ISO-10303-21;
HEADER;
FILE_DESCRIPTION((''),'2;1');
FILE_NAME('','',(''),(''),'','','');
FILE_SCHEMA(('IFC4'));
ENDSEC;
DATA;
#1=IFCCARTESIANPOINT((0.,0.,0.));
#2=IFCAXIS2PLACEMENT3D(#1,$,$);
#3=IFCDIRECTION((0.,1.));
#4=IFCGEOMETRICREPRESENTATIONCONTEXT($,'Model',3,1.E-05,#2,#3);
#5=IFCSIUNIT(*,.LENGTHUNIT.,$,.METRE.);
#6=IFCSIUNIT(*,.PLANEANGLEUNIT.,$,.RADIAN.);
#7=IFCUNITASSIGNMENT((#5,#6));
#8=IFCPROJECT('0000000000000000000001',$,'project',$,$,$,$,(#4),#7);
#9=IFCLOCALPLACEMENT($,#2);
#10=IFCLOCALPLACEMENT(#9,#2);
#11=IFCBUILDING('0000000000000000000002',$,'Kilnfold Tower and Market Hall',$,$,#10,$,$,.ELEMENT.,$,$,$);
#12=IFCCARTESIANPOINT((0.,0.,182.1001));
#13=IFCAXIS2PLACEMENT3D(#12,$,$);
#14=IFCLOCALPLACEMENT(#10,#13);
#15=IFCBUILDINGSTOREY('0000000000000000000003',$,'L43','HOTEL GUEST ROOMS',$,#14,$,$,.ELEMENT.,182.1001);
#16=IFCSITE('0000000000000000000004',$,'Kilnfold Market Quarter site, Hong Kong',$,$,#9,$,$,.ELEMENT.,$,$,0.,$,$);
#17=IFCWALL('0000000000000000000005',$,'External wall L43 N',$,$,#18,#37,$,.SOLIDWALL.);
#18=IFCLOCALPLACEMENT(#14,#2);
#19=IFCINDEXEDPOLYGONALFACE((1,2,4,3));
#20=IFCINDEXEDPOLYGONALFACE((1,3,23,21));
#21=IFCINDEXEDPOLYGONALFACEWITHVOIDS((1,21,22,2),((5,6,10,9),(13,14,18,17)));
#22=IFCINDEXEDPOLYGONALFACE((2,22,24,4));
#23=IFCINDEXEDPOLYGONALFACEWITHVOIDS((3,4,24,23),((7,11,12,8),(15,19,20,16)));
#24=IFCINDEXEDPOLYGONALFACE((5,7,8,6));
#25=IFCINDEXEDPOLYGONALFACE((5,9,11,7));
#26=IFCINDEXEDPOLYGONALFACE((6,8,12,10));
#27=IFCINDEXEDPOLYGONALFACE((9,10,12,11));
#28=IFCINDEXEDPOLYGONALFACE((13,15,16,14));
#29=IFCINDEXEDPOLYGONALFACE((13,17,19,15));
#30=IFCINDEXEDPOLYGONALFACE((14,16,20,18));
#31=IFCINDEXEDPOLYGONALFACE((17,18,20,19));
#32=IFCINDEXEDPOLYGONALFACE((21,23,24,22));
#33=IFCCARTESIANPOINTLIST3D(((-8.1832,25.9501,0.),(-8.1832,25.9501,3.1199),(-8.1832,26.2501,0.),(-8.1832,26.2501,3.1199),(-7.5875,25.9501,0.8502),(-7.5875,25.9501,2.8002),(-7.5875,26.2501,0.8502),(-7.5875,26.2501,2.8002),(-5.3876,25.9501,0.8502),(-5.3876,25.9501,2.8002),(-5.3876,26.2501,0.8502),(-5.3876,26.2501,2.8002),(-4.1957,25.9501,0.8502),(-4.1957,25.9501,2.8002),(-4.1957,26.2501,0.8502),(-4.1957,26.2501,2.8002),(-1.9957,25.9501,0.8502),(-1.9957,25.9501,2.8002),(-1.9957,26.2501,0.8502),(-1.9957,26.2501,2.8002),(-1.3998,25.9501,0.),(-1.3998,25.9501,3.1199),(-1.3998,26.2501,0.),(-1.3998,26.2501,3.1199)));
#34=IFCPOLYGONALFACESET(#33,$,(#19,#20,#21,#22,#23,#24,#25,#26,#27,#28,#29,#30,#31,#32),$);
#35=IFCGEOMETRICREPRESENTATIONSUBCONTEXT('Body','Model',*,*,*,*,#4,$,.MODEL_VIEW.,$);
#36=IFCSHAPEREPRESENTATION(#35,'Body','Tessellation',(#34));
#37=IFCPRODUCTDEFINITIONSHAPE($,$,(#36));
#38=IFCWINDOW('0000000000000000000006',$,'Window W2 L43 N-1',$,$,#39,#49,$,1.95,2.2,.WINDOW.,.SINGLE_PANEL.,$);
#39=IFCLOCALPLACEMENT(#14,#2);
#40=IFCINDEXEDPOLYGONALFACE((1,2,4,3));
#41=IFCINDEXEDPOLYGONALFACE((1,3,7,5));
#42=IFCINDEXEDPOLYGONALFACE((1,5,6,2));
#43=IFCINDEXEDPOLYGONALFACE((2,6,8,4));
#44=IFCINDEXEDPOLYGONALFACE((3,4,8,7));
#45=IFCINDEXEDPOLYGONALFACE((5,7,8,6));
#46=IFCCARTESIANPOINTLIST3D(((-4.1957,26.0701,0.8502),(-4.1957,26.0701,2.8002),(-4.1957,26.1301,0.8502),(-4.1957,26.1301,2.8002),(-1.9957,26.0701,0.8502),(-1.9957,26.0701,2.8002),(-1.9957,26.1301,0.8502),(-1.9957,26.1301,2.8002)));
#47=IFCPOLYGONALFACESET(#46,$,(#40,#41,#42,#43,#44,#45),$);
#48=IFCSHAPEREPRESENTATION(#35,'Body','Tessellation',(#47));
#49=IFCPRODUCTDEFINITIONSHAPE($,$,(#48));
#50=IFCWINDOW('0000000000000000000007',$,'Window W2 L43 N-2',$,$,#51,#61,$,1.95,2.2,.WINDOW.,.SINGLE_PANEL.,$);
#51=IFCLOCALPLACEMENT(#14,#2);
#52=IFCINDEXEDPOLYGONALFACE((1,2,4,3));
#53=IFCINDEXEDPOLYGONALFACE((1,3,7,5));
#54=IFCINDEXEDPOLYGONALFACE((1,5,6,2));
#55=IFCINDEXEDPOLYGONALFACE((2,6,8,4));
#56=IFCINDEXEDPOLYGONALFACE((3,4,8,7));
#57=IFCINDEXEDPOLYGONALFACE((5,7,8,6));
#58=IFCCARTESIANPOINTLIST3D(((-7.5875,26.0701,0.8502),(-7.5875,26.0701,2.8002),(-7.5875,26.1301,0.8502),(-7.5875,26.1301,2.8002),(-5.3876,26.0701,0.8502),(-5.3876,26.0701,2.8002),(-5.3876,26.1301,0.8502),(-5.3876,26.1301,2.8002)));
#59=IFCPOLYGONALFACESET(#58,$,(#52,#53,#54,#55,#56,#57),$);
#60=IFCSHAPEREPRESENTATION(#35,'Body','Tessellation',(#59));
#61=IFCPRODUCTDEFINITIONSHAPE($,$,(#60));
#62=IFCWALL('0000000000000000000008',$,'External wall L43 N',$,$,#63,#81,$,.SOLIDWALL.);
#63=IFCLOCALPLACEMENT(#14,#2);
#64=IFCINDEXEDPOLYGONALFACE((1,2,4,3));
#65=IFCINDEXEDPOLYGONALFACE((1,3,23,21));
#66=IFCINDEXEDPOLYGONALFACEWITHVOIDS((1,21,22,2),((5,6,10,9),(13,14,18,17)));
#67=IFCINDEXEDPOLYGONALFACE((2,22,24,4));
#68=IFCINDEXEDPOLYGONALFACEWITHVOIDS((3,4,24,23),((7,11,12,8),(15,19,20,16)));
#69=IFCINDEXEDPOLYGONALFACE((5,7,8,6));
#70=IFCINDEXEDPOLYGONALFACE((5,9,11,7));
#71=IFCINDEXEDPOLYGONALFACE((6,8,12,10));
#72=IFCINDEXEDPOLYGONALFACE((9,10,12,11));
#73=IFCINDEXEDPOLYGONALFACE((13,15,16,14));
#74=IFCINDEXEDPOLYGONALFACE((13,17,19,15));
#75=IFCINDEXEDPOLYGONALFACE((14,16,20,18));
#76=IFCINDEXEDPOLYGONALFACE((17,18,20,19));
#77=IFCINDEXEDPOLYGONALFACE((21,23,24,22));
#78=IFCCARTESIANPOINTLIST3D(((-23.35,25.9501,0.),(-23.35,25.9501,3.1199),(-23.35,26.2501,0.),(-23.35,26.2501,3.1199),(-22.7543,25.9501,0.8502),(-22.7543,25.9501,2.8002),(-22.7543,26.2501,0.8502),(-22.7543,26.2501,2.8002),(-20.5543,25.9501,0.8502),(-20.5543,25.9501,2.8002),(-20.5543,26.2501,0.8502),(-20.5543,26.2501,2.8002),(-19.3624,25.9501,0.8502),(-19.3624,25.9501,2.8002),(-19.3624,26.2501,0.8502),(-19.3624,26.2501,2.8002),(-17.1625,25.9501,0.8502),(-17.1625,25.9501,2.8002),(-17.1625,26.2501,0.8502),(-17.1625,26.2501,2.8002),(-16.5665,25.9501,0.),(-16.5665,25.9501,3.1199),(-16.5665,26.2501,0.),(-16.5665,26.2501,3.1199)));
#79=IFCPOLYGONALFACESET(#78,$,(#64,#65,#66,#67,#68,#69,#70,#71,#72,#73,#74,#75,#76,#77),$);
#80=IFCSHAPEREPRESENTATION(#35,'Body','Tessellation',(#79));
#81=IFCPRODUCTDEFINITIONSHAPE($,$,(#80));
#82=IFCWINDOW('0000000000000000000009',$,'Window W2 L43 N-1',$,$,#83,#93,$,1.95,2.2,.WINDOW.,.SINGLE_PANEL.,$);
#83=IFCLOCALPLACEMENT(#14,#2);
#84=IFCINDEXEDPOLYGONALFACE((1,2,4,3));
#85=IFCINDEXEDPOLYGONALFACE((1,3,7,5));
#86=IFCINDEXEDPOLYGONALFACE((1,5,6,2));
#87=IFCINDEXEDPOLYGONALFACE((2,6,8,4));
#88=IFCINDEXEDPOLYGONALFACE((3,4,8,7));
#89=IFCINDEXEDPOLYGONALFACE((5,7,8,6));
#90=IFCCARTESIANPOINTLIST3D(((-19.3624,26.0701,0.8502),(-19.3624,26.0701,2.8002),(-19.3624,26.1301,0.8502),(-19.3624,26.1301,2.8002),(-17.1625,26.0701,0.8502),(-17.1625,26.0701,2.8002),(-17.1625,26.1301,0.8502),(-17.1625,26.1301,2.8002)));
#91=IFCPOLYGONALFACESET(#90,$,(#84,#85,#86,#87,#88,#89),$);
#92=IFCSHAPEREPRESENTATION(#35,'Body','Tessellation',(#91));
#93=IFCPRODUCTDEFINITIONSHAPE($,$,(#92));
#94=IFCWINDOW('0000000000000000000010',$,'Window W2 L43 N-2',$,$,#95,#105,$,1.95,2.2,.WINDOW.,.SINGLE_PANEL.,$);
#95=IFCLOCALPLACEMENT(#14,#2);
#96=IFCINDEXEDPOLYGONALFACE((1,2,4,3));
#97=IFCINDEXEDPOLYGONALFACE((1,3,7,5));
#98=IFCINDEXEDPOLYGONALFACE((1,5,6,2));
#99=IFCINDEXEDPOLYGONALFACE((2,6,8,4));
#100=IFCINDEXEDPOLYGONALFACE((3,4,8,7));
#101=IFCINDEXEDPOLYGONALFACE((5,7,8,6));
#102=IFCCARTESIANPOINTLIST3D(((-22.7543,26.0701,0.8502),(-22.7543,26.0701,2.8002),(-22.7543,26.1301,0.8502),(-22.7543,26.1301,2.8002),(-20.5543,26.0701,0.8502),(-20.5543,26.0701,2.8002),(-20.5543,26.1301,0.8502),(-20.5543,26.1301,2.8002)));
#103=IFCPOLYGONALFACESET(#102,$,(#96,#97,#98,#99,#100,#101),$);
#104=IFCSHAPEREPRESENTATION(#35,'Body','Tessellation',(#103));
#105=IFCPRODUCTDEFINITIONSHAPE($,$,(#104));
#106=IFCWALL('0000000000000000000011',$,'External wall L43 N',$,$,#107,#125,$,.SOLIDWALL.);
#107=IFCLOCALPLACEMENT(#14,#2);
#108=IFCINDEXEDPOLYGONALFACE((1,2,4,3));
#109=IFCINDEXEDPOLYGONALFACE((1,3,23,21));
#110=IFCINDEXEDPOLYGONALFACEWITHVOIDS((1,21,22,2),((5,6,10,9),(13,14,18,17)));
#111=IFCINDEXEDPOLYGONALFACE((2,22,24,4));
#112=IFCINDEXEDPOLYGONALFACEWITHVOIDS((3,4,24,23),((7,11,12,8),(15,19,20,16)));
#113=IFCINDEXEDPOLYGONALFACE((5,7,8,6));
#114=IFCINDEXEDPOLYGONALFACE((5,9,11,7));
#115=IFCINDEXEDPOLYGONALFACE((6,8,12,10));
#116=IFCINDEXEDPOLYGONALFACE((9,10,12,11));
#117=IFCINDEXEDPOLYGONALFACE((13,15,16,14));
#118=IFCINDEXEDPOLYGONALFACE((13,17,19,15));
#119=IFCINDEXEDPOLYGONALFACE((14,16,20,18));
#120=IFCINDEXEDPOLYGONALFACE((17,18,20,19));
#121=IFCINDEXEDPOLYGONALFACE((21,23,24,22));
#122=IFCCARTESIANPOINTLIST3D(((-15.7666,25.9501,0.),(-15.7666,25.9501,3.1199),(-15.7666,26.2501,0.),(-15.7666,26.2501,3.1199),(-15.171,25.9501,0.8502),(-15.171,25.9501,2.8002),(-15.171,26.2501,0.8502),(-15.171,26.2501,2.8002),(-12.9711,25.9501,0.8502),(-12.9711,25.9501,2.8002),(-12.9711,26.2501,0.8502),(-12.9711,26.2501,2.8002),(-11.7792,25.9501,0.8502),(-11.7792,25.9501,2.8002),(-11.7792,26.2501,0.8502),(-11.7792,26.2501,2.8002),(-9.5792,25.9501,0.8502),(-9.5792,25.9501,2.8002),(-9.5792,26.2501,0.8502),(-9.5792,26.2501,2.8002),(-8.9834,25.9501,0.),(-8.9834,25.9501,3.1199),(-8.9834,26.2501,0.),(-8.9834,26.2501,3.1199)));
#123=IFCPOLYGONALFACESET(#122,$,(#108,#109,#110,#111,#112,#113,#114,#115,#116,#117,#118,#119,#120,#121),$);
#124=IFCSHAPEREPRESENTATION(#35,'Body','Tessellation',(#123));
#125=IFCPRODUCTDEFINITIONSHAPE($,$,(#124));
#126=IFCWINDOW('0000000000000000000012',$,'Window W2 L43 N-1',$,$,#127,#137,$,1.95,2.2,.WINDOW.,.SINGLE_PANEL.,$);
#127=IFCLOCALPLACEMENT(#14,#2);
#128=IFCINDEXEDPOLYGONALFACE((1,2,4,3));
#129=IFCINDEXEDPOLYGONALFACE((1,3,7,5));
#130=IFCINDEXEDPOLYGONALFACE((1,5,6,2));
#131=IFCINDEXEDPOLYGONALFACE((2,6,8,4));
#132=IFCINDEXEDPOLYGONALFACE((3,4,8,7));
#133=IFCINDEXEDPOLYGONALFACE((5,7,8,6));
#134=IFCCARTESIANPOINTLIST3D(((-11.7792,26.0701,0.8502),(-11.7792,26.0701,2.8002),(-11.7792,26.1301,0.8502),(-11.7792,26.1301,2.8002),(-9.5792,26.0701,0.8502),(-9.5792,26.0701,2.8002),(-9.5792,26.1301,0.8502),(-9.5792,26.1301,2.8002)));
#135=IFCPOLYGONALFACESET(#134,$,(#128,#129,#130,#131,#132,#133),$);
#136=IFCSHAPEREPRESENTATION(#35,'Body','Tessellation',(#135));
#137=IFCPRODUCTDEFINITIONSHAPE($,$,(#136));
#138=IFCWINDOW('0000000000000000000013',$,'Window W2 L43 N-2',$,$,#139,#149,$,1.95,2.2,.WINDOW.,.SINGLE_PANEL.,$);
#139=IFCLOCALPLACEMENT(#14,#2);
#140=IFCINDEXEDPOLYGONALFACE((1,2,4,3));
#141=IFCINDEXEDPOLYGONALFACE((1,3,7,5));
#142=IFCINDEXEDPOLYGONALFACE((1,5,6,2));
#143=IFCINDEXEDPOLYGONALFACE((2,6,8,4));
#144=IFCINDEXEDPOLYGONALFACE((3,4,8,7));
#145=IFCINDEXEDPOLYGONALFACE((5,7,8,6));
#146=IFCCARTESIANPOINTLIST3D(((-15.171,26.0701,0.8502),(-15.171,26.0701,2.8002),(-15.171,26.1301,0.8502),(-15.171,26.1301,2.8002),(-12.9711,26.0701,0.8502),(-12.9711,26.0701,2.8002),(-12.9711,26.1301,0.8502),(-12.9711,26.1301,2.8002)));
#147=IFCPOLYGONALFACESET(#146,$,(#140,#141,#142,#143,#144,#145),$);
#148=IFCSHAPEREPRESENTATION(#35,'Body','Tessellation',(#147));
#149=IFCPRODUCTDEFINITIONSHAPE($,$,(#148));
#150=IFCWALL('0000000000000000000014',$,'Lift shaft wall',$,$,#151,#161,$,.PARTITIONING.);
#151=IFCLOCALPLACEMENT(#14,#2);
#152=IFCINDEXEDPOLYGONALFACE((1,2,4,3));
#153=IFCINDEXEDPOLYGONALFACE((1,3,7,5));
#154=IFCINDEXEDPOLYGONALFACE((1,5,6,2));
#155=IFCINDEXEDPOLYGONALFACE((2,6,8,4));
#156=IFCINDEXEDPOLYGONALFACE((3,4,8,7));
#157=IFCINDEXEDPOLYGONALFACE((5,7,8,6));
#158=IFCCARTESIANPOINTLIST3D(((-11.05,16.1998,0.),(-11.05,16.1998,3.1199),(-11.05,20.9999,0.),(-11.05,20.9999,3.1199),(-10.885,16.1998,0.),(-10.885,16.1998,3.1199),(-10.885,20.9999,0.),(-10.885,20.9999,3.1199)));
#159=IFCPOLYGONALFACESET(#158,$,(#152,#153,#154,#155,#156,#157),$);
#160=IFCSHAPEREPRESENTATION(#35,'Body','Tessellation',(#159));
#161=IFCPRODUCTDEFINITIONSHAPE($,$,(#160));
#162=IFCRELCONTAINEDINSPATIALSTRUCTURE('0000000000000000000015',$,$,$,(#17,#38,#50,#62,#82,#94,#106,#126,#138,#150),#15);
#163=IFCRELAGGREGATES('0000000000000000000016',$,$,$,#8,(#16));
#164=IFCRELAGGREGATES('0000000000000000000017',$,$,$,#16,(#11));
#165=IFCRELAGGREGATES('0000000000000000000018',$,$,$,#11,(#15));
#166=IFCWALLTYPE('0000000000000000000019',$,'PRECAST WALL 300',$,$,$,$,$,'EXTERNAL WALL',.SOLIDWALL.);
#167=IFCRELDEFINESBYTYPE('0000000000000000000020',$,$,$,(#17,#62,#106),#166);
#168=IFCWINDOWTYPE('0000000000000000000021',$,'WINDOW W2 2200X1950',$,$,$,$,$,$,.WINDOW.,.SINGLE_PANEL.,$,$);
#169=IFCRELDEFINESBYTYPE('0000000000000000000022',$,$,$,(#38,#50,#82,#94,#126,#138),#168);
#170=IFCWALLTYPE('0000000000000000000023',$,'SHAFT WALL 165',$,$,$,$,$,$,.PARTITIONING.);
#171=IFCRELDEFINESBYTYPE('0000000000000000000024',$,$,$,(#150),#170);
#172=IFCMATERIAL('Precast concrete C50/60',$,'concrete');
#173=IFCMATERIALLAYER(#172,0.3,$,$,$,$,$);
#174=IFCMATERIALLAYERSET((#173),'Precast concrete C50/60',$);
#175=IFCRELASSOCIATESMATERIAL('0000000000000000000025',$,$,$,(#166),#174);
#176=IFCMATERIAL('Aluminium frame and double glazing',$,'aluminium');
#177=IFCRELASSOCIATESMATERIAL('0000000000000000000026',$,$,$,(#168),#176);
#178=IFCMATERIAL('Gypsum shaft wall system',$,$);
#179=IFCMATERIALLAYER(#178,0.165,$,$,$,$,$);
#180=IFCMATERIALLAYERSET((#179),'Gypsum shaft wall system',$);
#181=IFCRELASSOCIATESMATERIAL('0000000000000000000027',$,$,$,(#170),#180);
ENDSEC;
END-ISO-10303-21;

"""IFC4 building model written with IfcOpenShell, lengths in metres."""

from ifc_helpers import new_model, si_unit, direction, frame, frame_2d, origin, place, context, subcontext, project, spatial, rectangle, extrude, source, transform, mapped, material, layer, layer_set, type_object, element, fill, save


model = new_model("IFC4")

# Units and contexts
model_context = context("Model", 3, precision=1e-05, world=origin(), true_north=direction((0.0, 1.0)))
body_context = subcontext(model_context, "Body", "Model", "MODEL_VIEW")
ifc_project = project(units=[si_unit("LENGTHUNIT", "METRE"), si_unit("PLANEANGLEUNIT", "RADIAN")], contexts=[model_context])

# Site, building, storey
site_placement = place(None, origin())
site = spatial("IfcSite", under=ifc_project, at=site_placement, Name="Kilnfold Market Quarter site, Hong Kong", CompositionType="ELEMENT", RefElevation=0.0)
building_placement = place(site_placement, origin())
building = spatial("IfcBuilding", under=site, at=building_placement, Name="Kilnfold Tower and Market Hall", CompositionType="ELEMENT")
storey_placement = place(building_placement, frame((0.0, 0.0, 182.1001)))
storey = spatial("IfcBuildingStorey", under=building, at=storey_placement, Name="L43", Description="HOTEL GUEST ROOMS", CompositionType="ELEMENT", Elevation=182.1001)

# Walls, openings, windows
ifc_material_1 = material(Name="Precast concrete C50/60", Category="concrete")
ifc_layer_1 = layer(ifc_material_1, 0.3)
ifc_layer_set_1 = layer_set([ifc_layer_1], Name="Precast concrete C50/60")
wall_type_1 = type_object("IfcWallType", Name="PRECAST WALL 300", ElementType="EXTERNAL WALL", PredefinedType="SOLIDWALL", material=ifc_layer_set_1)
shared_shape_1 = source(origin(), body_context, "Body", "SweptSolid", [
    extrude(rectangle(XDim=6.7834, YDim=0.3, at=frame_2d((3.3916, 0.0))), origin(), (0.0, 0.0, 1.0), 3.1199),
])
wall_1_placement = place(storey_placement, frame((-1.3999, 26.1001, 0.0), z_axis=(0.0, 0.0, 1.0), x_axis=(-1.0, 0.0, 0.0)))
wall_1 = element("IfcWall", 1, at=wall_1_placement, inside=storey, type_object=wall_type_1, Name="External wall L43 N", PredefinedType="SOLIDWALL", context=body_context, shape_type="MappedRepresentation", body=[
    mapped(shared_shape_1, transform((0.0, 0.0, 0.0))),
])
opening_1_placement = place(wall_1_placement, frame((0.5957, 0.0, 0.8501)))
opening_1 = element("IfcOpeningElement", 2, at=opening_1_placement, cuts=wall_1, PredefinedType="OPENING", context=body_context, shape_type="SweptSolid", body=[
    extrude(rectangle(XDim=2.2, YDim=1.95, at=frame_2d((1.1001, 0.9751))), frame((0.0, 0.1602, 0.0), z_axis=(0.0, -1.0, 0.0), x_axis=(1.0, 0.0, 0.0)), (0.0, 0.0, 1.0), 0.3201),
])
opening_2_placement = place(wall_1_placement, frame((3.9875, 0.0, 0.8501)))
opening_2 = element("IfcOpeningElement", 3, at=opening_2_placement, cuts=wall_1, PredefinedType="OPENING", context=body_context, shape_type="SweptSolid", body=[
    extrude(rectangle(XDim=2.2, YDim=1.95, at=frame_2d((1.1001, 0.9751))), frame((0.0, 0.1602, 0.0), z_axis=(0.0, -1.0, 0.0), x_axis=(1.0, 0.0, 0.0)), (0.0, 0.0, 1.0), 0.3201),
])
ifc_material_2 = material(Name="Aluminium frame and double glazing", Category="aluminium")
window_type = type_object("IfcWindowType", Name="WINDOW W2 2200X1950", PartitioningType="SINGLE_PANEL", PredefinedType="WINDOW", material=ifc_material_2)
window_1_placement = place(opening_1_placement, origin())
window_1 = element("IfcWindow", 4, at=window_1_placement, inside=storey, type_object=window_type, Name="Window W2 L43 N-1", OverallHeight=1.95, OverallWidth=2.2, PartitioningType="SINGLE_PANEL", PredefinedType="WINDOW", context=body_context, shape_type="SweptSolid", body=[
    extrude(rectangle(XDim=2.2, YDim=1.95, at=frame_2d((1.1001, 0.9751))), frame((0.0, 0.03, 0.0), z_axis=(0.0, -1.0, 0.0), x_axis=(1.0, 0.0, 0.0)), (0.0, 0.0, 1.0), 0.0601),
])
fill(opening_1, window_1)
window_2_placement = place(opening_2_placement, origin())
window_2 = element("IfcWindow", 5, at=window_2_placement, inside=storey, type_object=window_type, Name="Window W2 L43 N-2", OverallHeight=1.95, OverallWidth=2.2, PartitioningType="SINGLE_PANEL", PredefinedType="WINDOW", context=body_context, shape_type="SweptSolid", body=[
    extrude(rectangle(XDim=2.2, YDim=1.95, at=frame_2d((1.1001, 0.9751))), frame((0.0, 0.03, 0.0), z_axis=(0.0, -1.0, 0.0), x_axis=(1.0, 0.0, 0.0)), (0.0, 0.0, 1.0), 0.0601),
])
fill(opening_2, window_2)
wall_2_placement = place(storey_placement, frame((-16.5667, 26.1001, 0.0), z_axis=(0.0, 0.0, 1.0), x_axis=(-1.0, 0.0, 0.0)))
wall_2 = element("IfcWall", 6, at=wall_2_placement, inside=storey, type_object=wall_type_1, Name="External wall L43 N", PredefinedType="SOLIDWALL", context=body_context, shape_type="MappedRepresentation", body=[
    mapped(shared_shape_1, transform((0.0, 0.0, 0.0))),
])
opening_3_placement = place(wall_2_placement, frame((0.5957, 0.0, 0.8501)))
opening_3 = element("IfcOpeningElement", 7, at=opening_3_placement, cuts=wall_2, PredefinedType="OPENING", context=body_context, shape_type="SweptSolid", body=[
    extrude(rectangle(XDim=2.2, YDim=1.95, at=frame_2d((1.1001, 0.9751))), frame((0.0, 0.1602, 0.0), z_axis=(0.0, -1.0, 0.0), x_axis=(1.0, 0.0, 0.0)), (0.0, 0.0, 1.0), 0.3201),
])
opening_4_placement = place(wall_2_placement, frame((3.9875, 0.0, 0.8501)))
opening_4 = element("IfcOpeningElement", 8, at=opening_4_placement, cuts=wall_2, PredefinedType="OPENING", context=body_context, shape_type="SweptSolid", body=[
    extrude(rectangle(XDim=2.2, YDim=1.95, at=frame_2d((1.1001, 0.9751))), frame((0.0, 0.1602, 0.0), z_axis=(0.0, -1.0, 0.0), x_axis=(1.0, 0.0, 0.0)), (0.0, 0.0, 1.0), 0.3201),
])
window_3_placement = place(opening_3_placement, origin())
window_3 = element("IfcWindow", 9, at=window_3_placement, inside=storey, type_object=window_type, Name="Window W2 L43 N-1", OverallHeight=1.95, OverallWidth=2.2, PartitioningType="SINGLE_PANEL", PredefinedType="WINDOW", context=body_context, shape_type="SweptSolid", body=[
    extrude(rectangle(XDim=2.2, YDim=1.95, at=frame_2d((1.1001, 0.9751))), frame((0.0, 0.03, 0.0), z_axis=(0.0, -1.0, 0.0), x_axis=(1.0, 0.0, 0.0)), (0.0, 0.0, 1.0), 0.0601),
])
fill(opening_3, window_3)
window_4_placement = place(opening_4_placement, origin())
window_4 = element("IfcWindow", 10, at=window_4_placement, inside=storey, type_object=window_type, Name="Window W2 L43 N-2", OverallHeight=1.95, OverallWidth=2.2, PartitioningType="SINGLE_PANEL", PredefinedType="WINDOW", context=body_context, shape_type="SweptSolid", body=[
    extrude(rectangle(XDim=2.2, YDim=1.95, at=frame_2d((1.1001, 0.9751))), frame((0.0, 0.03, 0.0), z_axis=(0.0, -1.0, 0.0), x_axis=(1.0, 0.0, 0.0)), (0.0, 0.0, 1.0), 0.0601),
])
fill(opening_4, window_4)
shared_shape_2 = source(origin(), body_context, "Body", "SweptSolid", [
    extrude(rectangle(XDim=6.7832, YDim=0.3, at=frame_2d((3.3916, 0.0))), origin(), (0.0, 0.0, 1.0), 3.1199),
])
wall_3_placement = place(storey_placement, frame((-8.9834, 26.1001, 0.0), z_axis=(0.0, 0.0, 1.0), x_axis=(-1.0, 0.0, 0.0)))
wall_3 = element("IfcWall", 11, at=wall_3_placement, inside=storey, type_object=wall_type_1, Name="External wall L43 N", PredefinedType="SOLIDWALL", context=body_context, shape_type="MappedRepresentation", body=[
    mapped(shared_shape_2, transform((0.0, 0.0, 0.0))),
])
opening_5_placement = place(wall_3_placement, frame((0.5957, 0.0, 0.8501)))
opening_5 = element("IfcOpeningElement", 12, at=opening_5_placement, cuts=wall_3, PredefinedType="OPENING", context=body_context, shape_type="SweptSolid", body=[
    extrude(rectangle(XDim=2.2, YDim=1.95, at=frame_2d((1.1001, 0.9751))), frame((0.0, 0.1602, 0.0), z_axis=(0.0, -1.0, 0.0), x_axis=(1.0, 0.0, 0.0)), (0.0, 0.0, 1.0), 0.3201),
])
opening_6_placement = place(wall_3_placement, frame((3.9875, 0.0, 0.8501)))
opening_6 = element("IfcOpeningElement", 13, at=opening_6_placement, cuts=wall_3, PredefinedType="OPENING", context=body_context, shape_type="SweptSolid", body=[
    extrude(rectangle(XDim=2.2, YDim=1.95, at=frame_2d((1.1001, 0.9751))), frame((0.0, 0.1602, 0.0), z_axis=(0.0, -1.0, 0.0), x_axis=(1.0, 0.0, 0.0)), (0.0, 0.0, 1.0), 0.3201),
])
window_5_placement = place(opening_5_placement, origin())
window_5 = element("IfcWindow", 14, at=window_5_placement, inside=storey, type_object=window_type, Name="Window W2 L43 N-1", OverallHeight=1.95, OverallWidth=2.2, PartitioningType="SINGLE_PANEL", PredefinedType="WINDOW", context=body_context, shape_type="SweptSolid", body=[
    extrude(rectangle(XDim=2.2, YDim=1.95, at=frame_2d((1.1001, 0.9751))), frame((0.0, 0.03, 0.0), z_axis=(0.0, -1.0, 0.0), x_axis=(1.0, 0.0, 0.0)), (0.0, 0.0, 1.0), 0.0601),
])
fill(opening_5, window_5)
window_6_placement = place(opening_6_placement, origin())
window_6 = element("IfcWindow", 15, at=window_6_placement, inside=storey, type_object=window_type, Name="Window W2 L43 N-2", OverallHeight=1.95, OverallWidth=2.2, PartitioningType="SINGLE_PANEL", PredefinedType="WINDOW", context=body_context, shape_type="SweptSolid", body=[
    extrude(rectangle(XDim=2.2, YDim=1.95, at=frame_2d((1.1001, 0.9751))), frame((0.0, 0.03, 0.0), z_axis=(0.0, -1.0, 0.0), x_axis=(1.0, 0.0, 0.0)), (0.0, 0.0, 1.0), 0.0601),
])
fill(opening_6, window_6)

# Wall
ifc_material_3 = material(Name="Gypsum shaft wall system")
ifc_layer_2 = layer(ifc_material_3, 0.165)
ifc_layer_set_2 = layer_set([ifc_layer_2], Name="Gypsum shaft wall system")
wall_type_2 = type_object("IfcWallType", Name="SHAFT WALL 165", PredefinedType="PARTITIONING", material=ifc_layer_set_2)
shared_shape_3 = source(origin(), body_context, "Body", "SweptSolid", [
    extrude(rectangle(XDim=4.8, YDim=0.165, at=frame_2d((2.3999, 0.0))), origin(), (0.0, 0.0, 1.0), 3.1199),
])
wall_4_placement = place(storey_placement, frame((-10.9675, 16.2, 0.0), z_axis=(0.0, 0.0, 1.0), x_axis=(0.0, 1.0, 0.0)))
element("IfcWall", 16, at=wall_4_placement, inside=storey, type_object=wall_type_2, Name="Lift shaft wall", PredefinedType="PARTITIONING", context=body_context, shape_type="MappedRepresentation", body=[
    mapped(shared_shape_3, transform((0.0, 0.0, 0.0))),
])

save(model, "model.ifc")
